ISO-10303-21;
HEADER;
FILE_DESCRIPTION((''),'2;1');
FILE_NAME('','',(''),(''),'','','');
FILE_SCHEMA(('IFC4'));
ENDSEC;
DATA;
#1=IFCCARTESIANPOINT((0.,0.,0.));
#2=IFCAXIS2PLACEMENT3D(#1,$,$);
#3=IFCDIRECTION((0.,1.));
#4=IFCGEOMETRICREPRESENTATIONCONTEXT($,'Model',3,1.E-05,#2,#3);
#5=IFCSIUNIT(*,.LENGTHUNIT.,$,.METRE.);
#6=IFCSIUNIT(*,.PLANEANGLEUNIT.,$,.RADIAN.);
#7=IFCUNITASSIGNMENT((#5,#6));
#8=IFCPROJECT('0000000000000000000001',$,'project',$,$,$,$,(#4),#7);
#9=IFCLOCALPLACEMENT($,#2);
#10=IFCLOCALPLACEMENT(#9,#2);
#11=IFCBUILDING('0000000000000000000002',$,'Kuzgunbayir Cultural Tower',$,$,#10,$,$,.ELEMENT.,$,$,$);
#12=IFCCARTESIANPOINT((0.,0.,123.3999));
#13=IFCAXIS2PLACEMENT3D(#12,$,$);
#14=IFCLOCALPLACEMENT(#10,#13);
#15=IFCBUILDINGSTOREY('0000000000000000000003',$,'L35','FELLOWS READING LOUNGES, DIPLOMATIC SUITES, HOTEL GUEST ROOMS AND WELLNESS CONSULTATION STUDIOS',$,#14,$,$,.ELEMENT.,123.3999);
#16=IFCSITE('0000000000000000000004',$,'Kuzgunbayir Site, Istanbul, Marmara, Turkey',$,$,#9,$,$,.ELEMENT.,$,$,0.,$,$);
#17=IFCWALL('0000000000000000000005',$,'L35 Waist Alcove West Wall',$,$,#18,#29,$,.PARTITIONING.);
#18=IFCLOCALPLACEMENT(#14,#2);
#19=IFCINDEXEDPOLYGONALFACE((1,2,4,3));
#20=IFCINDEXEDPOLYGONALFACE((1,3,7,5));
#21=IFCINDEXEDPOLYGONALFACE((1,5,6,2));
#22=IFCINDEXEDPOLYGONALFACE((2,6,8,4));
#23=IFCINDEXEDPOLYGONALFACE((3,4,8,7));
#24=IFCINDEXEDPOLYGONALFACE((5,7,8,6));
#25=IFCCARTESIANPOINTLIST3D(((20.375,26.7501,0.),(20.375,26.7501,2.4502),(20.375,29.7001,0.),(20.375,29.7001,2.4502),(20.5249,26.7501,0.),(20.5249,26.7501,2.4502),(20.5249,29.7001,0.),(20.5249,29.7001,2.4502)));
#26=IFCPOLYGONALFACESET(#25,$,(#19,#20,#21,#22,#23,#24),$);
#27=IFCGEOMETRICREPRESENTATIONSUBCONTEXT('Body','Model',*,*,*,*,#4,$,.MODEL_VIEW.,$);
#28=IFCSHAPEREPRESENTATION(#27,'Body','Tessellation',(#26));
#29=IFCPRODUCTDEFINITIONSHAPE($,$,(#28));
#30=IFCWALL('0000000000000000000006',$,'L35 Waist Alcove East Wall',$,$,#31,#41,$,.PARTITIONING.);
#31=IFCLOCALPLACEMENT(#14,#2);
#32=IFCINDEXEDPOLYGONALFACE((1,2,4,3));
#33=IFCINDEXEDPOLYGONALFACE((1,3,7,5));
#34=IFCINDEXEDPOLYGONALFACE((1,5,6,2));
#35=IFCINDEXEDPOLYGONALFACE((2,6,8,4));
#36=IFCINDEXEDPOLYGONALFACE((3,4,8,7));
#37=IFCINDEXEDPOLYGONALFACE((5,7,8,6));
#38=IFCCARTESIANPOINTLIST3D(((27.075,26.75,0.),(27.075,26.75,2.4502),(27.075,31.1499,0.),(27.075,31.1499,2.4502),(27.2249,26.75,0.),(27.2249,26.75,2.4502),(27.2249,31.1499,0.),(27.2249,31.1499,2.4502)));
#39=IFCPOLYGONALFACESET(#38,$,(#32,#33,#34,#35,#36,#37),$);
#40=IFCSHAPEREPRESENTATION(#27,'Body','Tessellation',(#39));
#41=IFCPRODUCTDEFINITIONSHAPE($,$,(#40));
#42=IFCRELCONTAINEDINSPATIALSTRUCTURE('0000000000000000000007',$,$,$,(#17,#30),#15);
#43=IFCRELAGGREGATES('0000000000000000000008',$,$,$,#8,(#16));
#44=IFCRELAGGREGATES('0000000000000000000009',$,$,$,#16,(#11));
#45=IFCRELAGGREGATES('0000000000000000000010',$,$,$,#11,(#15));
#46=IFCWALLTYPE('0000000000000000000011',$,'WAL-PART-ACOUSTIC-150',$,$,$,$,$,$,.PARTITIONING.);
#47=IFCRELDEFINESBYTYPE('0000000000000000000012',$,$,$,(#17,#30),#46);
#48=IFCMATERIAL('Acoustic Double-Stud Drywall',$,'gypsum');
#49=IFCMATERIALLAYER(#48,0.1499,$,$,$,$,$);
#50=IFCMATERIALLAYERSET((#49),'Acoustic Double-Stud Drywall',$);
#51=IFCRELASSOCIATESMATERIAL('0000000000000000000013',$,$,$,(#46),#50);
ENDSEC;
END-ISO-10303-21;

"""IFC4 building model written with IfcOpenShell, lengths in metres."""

from ifc_helpers import new_model, si_unit, direction, frame, frame_2d, origin, place, context, subcontext, project, spatial, rectangle, extrude, material, layer, layer_set, type_object, element, save


model = new_model("IFC4")

# Units and contexts
model_context = context("Model", 3, precision=1e-05, world=origin(), true_north=direction((0.0, 1.0)))
body_context = subcontext(model_context, "Body", "Model", "MODEL_VIEW")
ifc_project = project(units=[si_unit("LENGTHUNIT", "METRE"), si_unit("PLANEANGLEUNIT", "RADIAN")], contexts=[model_context])

# Site, building, storey
site_placement = place(None, origin())
site = spatial("IfcSite", under=ifc_project, at=site_placement, Name="Kuzgunbayir Site, Istanbul, Marmara, Turkey", CompositionType="ELEMENT", RefElevation=0.0)
building_placement = place(site_placement, origin())
building = spatial("IfcBuilding", under=site, at=building_placement, Name="Kuzgunbayir Cultural Tower", CompositionType="ELEMENT")
storey_placement = place(building_placement, frame((0.0, 0.0, 123.3999)))
storey = spatial("IfcBuildingStorey", under=building, at=storey_placement, Name="L35", Description="FELLOWS READING LOUNGES, DIPLOMATIC SUITES, HOTEL GUEST ROOMS AND WELLNESS CONSULTATION STUDIOS", CompositionType="ELEMENT", Elevation=123.3999)

# Shared definitions
ifc_material_1 = material(Name="Acoustic Double-Stud Drywall", Category="gypsum")
ifc_layer_1 = layer(ifc_material_1, 0.1499)
ifc_layer_set_1 = layer_set([ifc_layer_1], Name="Acoustic Double-Stud Drywall")
wall_type_1 = type_object("IfcWallType", Name="WAL-PART-ACOUSTIC-150", PredefinedType="PARTITIONING", material=ifc_layer_set_1)

# Walls
wall_1_placement = place(storey_placement, frame((20.45, 26.75, 0.0), z_axis=(0.0, 0.0, 1.0), x_axis=(0.0, 1.0, 0.0)))
element("IfcWall", 1, at=wall_1_placement, inside=storey, type_object=wall_type_1, Name="L35 Waist Alcove West Wall", PredefinedType="PARTITIONING", context=body_context, shape_type="SweptSolid", body=[
    extrude(rectangle(XDim=2.95, YDim=0.1499, at=frame_2d((1.4751, 0.0))), origin(), (0.0, 0.0, 1.0), 2.4502),
])
wall_2_placement = place(storey_placement, frame((27.1499, 26.75, 0.0), z_axis=(0.0, 0.0, 1.0), x_axis=(0.0, 1.0, 0.0)))
element("IfcWall", 2, at=wall_2_placement, inside=storey, type_object=wall_type_1, Name="L35 Waist Alcove East Wall", PredefinedType="PARTITIONING", context=body_context, shape_type="SweptSolid", body=[
    extrude(rectangle(XDim=4.3999, YDim=0.1499, at=frame_2d((2.2, 0.0))), origin(), (0.0, 0.0, 1.0), 2.4502),
])

save(model, "model.ifc")
